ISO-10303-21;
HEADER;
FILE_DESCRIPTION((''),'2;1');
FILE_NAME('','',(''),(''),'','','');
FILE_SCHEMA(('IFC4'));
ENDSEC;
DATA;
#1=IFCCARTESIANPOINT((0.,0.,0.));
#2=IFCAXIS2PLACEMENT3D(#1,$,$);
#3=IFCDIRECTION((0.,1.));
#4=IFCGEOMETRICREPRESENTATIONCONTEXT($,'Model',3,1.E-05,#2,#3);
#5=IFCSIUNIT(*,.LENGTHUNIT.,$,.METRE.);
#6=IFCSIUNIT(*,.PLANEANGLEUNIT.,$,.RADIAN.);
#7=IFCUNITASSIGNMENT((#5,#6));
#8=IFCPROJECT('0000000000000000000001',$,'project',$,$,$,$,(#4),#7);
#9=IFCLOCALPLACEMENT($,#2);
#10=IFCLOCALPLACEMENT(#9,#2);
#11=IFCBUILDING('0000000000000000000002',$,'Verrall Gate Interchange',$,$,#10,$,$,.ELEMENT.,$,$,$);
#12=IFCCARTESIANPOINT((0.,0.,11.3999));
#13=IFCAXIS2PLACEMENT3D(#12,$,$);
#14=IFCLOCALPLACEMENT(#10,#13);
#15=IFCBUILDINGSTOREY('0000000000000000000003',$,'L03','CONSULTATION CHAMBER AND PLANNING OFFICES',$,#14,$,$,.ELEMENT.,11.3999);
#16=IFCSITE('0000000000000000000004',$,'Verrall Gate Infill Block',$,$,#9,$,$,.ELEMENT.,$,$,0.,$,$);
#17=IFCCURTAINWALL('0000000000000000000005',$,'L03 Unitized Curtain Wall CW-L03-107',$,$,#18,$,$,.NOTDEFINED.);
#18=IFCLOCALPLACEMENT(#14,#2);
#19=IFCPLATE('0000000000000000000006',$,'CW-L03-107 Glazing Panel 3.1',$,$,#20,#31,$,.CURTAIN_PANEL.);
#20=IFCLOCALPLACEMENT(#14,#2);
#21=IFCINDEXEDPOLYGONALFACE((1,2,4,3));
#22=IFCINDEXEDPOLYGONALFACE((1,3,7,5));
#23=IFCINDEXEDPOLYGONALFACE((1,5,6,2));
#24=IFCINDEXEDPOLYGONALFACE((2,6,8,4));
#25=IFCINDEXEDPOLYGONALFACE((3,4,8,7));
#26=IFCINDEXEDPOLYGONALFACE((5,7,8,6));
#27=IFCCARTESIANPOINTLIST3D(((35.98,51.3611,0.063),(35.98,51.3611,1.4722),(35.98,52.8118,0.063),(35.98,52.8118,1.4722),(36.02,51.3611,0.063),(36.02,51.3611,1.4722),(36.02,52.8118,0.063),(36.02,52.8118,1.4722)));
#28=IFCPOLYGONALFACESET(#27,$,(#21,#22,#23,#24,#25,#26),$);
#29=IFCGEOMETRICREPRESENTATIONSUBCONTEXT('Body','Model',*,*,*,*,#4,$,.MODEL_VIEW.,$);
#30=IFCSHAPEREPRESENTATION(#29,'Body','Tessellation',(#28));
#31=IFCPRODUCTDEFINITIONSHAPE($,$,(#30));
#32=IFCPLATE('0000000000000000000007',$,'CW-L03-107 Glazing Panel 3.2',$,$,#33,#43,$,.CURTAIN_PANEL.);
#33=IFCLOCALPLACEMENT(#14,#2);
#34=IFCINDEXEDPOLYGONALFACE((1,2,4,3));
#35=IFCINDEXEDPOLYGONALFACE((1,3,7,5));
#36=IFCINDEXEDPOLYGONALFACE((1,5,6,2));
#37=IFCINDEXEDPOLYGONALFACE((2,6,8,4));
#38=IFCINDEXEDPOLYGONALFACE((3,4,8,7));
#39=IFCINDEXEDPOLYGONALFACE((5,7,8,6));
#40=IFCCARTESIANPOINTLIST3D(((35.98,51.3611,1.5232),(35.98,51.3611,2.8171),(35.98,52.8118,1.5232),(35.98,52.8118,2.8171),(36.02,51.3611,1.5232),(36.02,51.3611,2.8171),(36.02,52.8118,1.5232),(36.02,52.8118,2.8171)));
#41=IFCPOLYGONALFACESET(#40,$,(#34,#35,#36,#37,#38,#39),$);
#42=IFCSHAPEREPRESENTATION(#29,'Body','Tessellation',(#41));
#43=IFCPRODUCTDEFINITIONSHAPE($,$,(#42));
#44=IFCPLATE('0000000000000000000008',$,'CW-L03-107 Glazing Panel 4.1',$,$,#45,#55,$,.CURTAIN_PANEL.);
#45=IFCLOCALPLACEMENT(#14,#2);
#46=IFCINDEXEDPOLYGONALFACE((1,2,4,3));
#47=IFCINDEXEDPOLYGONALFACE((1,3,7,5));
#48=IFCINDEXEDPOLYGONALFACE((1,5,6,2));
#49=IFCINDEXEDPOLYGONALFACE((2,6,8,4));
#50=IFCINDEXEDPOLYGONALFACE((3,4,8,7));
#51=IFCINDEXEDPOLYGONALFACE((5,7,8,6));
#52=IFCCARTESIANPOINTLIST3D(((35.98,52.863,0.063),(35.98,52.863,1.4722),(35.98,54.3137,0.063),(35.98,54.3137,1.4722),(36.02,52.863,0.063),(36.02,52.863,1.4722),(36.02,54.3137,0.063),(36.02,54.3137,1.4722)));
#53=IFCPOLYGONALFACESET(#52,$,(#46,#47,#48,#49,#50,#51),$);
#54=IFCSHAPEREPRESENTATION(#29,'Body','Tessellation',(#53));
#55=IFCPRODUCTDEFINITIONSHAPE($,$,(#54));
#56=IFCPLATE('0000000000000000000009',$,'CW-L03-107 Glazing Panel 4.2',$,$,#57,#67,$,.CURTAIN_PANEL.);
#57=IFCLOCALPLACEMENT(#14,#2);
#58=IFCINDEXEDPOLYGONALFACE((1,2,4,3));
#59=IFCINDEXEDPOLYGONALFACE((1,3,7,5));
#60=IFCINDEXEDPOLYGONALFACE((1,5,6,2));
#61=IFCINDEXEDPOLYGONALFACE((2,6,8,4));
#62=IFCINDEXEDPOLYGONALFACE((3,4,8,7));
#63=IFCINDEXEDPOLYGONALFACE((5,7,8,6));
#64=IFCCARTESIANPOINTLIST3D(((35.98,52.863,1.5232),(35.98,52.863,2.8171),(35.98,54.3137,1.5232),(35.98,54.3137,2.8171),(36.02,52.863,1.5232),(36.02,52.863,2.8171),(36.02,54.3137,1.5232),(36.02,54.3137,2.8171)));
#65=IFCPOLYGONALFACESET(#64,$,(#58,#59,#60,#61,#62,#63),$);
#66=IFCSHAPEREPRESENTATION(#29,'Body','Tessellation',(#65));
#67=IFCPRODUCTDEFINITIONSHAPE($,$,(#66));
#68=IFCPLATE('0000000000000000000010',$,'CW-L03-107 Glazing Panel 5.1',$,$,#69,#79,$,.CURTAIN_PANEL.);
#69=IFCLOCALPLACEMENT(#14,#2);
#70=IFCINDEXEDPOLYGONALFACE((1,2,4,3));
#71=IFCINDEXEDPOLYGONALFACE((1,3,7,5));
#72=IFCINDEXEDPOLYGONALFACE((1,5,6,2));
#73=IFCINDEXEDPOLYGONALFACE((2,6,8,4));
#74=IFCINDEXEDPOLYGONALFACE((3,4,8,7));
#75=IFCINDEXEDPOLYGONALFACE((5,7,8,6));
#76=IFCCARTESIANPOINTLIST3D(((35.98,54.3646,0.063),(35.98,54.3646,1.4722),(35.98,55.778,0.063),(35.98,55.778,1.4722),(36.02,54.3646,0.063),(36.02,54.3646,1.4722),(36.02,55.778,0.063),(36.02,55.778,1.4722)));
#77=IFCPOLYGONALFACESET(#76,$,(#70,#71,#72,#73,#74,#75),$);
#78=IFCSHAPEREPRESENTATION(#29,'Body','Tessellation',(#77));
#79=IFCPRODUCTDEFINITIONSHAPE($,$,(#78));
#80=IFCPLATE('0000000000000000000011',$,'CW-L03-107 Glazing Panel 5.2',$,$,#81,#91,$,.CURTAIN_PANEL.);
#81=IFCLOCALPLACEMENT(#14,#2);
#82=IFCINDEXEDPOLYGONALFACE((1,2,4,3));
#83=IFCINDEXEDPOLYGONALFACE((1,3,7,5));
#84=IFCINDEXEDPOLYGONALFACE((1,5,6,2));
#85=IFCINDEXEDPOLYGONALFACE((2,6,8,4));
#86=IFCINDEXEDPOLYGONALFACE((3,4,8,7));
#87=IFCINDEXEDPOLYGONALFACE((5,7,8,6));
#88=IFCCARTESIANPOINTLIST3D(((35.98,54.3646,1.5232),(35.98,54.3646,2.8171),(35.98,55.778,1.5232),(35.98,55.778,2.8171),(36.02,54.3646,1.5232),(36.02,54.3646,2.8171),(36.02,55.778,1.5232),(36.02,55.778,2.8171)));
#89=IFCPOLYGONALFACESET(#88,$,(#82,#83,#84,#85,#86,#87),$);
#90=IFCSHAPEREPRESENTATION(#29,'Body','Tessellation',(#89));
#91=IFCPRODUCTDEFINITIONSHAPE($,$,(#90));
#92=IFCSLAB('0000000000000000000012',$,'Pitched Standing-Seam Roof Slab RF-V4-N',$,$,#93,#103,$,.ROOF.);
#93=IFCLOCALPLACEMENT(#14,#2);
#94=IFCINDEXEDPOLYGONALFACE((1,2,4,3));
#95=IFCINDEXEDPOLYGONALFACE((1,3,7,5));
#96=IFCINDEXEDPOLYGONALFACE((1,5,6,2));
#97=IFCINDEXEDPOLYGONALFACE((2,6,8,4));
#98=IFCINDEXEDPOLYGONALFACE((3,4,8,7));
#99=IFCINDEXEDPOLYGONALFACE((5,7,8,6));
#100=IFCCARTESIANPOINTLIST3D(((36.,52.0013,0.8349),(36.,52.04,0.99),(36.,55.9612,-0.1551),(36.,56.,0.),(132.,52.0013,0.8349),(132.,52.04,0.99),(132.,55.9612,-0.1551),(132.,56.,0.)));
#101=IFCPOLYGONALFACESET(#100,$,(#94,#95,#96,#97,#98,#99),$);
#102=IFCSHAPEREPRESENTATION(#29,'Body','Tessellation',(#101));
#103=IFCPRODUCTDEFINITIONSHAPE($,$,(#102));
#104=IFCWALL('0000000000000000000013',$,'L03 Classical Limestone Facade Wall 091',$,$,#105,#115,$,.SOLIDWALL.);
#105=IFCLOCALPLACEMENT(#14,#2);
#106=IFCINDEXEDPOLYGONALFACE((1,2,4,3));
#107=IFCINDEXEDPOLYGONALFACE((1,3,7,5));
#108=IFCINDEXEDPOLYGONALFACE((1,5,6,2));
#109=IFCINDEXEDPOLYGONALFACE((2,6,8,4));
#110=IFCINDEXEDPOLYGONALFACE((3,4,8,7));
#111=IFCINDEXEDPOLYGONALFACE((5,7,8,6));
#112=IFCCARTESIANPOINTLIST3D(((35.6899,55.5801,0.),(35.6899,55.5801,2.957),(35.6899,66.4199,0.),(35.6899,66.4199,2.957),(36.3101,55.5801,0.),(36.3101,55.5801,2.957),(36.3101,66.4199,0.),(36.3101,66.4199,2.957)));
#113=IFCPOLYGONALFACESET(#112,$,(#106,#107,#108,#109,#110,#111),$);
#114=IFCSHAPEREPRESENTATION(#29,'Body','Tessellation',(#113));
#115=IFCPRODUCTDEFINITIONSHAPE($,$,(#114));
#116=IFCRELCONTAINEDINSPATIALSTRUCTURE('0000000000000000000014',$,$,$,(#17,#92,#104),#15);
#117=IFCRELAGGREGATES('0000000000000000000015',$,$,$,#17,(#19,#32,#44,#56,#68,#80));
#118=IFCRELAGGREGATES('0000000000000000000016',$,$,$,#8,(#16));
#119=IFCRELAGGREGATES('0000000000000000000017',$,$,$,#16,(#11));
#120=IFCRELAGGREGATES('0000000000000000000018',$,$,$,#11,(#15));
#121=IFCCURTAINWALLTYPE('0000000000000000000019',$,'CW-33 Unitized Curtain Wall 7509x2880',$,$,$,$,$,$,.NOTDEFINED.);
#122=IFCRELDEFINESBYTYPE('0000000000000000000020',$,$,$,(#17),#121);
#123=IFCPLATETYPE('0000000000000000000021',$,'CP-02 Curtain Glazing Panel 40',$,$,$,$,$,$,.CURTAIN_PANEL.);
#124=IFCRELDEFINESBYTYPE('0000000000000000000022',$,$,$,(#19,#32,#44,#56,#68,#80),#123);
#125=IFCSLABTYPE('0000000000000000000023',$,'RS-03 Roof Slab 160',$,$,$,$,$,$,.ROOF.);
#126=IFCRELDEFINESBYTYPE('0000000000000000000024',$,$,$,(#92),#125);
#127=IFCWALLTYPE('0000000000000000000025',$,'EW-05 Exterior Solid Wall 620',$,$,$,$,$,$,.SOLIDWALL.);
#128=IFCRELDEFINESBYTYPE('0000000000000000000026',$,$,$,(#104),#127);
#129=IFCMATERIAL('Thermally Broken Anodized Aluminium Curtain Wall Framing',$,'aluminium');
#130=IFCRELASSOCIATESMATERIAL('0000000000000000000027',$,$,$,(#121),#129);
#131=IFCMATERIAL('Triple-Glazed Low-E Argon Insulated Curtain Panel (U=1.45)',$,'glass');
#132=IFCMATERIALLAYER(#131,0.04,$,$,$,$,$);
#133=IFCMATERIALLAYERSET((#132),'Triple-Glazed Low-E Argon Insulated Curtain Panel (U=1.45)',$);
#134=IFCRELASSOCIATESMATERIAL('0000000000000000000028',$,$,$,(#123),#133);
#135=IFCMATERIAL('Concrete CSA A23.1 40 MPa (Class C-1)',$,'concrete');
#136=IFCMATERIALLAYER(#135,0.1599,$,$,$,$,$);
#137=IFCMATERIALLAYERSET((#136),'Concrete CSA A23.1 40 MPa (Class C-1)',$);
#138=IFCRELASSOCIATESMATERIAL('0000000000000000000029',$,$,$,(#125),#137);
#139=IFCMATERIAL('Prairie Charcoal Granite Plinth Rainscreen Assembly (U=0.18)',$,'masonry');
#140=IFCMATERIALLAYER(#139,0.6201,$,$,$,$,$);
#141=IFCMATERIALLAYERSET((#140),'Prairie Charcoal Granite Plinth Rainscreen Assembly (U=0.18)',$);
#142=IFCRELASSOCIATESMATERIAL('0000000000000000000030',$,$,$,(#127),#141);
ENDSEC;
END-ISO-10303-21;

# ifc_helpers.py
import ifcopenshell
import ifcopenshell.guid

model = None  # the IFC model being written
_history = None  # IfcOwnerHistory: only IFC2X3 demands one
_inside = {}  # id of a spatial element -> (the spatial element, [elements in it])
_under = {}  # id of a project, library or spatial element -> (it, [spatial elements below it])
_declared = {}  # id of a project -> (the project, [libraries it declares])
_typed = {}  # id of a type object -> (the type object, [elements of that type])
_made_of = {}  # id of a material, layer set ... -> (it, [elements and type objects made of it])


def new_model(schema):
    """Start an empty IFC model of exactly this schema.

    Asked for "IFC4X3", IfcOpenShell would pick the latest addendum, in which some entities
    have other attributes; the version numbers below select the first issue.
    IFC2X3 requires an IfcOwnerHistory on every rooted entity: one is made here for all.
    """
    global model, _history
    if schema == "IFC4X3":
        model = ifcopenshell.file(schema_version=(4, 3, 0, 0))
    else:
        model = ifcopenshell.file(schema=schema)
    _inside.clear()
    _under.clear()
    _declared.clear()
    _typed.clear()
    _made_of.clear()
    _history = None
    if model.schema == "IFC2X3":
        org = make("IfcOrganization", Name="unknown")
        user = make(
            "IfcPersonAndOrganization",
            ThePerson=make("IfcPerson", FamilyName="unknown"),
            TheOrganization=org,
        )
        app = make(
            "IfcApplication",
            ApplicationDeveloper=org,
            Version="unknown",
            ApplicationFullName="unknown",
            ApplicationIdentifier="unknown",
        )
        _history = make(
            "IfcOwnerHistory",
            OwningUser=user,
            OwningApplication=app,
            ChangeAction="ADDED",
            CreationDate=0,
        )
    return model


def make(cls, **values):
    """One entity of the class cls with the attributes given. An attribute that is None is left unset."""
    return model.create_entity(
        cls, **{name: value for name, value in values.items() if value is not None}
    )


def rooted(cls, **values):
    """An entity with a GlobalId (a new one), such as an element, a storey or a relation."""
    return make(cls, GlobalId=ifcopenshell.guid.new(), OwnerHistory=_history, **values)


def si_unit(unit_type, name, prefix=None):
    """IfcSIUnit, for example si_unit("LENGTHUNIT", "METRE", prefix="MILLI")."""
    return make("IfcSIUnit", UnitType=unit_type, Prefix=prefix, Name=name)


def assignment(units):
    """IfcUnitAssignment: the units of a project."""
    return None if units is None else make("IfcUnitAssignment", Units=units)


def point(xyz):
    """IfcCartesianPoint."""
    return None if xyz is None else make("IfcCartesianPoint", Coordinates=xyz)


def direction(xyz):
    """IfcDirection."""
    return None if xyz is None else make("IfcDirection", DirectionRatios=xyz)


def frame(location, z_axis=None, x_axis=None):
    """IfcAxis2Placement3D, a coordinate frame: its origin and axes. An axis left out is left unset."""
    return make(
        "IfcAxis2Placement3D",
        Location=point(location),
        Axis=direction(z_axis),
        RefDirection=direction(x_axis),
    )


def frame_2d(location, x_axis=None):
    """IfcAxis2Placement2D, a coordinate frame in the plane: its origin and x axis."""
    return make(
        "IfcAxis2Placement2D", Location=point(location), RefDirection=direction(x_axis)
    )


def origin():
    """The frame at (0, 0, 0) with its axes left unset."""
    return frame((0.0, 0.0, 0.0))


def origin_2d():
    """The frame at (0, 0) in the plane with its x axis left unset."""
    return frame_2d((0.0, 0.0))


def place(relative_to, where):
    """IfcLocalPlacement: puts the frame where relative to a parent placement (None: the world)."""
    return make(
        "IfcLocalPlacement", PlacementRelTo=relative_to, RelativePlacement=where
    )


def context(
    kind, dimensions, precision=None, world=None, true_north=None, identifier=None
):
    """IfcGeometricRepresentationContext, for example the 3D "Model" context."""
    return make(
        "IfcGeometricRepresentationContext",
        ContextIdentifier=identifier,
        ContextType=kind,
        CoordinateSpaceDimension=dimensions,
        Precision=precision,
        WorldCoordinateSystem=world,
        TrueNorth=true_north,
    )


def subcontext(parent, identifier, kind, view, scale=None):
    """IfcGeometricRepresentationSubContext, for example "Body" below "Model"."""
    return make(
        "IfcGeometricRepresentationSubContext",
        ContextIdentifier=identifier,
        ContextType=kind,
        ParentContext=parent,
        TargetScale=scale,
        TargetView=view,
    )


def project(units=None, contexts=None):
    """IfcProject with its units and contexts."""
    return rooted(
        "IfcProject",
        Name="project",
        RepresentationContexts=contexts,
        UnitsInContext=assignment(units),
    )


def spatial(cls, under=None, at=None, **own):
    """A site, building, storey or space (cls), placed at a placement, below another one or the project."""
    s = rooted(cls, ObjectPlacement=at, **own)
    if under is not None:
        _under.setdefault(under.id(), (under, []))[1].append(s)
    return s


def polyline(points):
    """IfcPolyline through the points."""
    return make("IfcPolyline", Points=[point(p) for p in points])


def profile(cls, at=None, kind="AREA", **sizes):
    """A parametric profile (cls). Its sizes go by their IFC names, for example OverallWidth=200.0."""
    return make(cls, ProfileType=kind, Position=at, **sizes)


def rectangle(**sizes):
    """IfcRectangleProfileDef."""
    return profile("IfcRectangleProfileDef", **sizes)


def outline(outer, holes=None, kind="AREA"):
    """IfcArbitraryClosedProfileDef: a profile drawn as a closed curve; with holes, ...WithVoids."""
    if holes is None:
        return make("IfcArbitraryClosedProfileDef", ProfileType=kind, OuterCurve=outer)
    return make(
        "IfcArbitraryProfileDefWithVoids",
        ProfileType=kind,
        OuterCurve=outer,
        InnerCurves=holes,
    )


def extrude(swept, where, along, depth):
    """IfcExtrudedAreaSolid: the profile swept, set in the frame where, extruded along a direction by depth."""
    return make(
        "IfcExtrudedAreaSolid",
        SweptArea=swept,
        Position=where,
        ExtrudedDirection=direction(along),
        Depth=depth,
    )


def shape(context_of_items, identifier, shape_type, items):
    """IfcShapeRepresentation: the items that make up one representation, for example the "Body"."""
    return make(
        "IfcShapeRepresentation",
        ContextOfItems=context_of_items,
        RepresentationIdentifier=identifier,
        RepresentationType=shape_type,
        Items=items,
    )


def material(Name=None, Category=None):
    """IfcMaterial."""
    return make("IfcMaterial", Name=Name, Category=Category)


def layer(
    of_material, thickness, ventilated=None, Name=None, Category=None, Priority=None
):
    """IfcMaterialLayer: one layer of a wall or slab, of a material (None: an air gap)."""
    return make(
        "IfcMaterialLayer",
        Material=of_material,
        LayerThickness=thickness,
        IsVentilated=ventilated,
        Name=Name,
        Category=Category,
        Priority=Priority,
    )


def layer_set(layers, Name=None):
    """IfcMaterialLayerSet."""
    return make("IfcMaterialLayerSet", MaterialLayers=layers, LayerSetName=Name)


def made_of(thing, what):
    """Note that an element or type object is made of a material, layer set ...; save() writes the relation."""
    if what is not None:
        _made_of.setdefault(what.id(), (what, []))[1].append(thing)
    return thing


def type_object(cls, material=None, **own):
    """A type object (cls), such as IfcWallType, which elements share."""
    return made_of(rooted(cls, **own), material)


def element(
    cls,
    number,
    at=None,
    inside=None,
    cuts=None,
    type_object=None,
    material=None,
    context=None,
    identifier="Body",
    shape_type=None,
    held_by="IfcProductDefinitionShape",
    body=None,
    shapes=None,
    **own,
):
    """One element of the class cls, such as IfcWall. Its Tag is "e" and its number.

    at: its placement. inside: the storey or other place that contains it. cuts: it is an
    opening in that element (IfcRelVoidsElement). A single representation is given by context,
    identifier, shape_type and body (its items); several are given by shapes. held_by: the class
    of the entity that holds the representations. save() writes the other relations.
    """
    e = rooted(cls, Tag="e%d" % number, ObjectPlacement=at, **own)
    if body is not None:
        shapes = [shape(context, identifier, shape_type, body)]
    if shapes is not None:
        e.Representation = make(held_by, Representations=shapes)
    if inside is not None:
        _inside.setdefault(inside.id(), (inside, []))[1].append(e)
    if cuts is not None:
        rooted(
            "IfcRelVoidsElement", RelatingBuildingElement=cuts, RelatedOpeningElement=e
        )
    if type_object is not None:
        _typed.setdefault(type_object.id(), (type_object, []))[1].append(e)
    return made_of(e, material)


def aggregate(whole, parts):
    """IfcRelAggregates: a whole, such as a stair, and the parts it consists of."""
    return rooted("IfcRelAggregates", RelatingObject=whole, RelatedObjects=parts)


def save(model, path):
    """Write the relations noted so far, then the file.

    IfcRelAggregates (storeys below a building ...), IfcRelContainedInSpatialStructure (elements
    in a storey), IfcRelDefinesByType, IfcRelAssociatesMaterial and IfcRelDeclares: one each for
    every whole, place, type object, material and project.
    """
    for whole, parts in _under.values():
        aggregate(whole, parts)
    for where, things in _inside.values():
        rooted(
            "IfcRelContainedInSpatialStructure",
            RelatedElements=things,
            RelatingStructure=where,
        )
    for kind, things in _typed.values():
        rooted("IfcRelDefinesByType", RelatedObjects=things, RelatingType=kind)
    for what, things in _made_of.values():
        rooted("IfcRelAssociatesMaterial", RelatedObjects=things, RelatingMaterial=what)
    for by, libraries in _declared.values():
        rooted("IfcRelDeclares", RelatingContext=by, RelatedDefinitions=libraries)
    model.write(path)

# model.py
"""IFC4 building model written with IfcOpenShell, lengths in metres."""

from ifc_helpers import new_model, si_unit, direction, frame, frame_2d, origin, origin_2d, place, context, subcontext, project, spatial, polyline, rectangle, outline, extrude, material, layer, layer_set, type_object, element, aggregate, save


model = new_model("IFC4")

# Units and contexts
model_context = context("Model", 3, precision=1e-05, world=origin(), true_north=direction((0.0, 1.0)))
body_context = subcontext(model_context, "Body", "Model", "MODEL_VIEW")
ifc_project = project(units=[si_unit("LENGTHUNIT", "METRE"), si_unit("PLANEANGLEUNIT", "RADIAN")], contexts=[model_context])

# Site, building, storey
site_placement = place(None, origin())
site = spatial("IfcSite", under=ifc_project, at=site_placement, Name="Verrall Gate Infill Block", CompositionType="ELEMENT", RefElevation=0.0)
building_placement = place(site_placement, origin())
building = spatial("IfcBuilding", under=site, at=building_placement, Name="Verrall Gate Interchange", CompositionType="ELEMENT")
storey_placement = place(building_placement, frame((0.0, 0.0, 11.3999)))
storey = spatial("IfcBuildingStorey", under=building, at=storey_placement, Name="L03", Description="CONSULTATION CHAMBER AND PLANNING OFFICES", CompositionType="ELEMENT", Elevation=11.3999)

# Curtain wall
ifc_material_1 = material(Name="Thermally Broken Anodized Aluminium Curtain Wall Framing", Category="aluminium")
curtain_wall_type = type_object("IfcCurtainWallType", Name="CW-33 Unitized Curtain Wall 7509x2880", PredefinedType="NOTDEFINED", material=ifc_material_1)
curtain_wall_placement = place(storey_placement, origin())
curtain_wall = element("IfcCurtainWall", 1, at=curtain_wall_placement, inside=storey, type_object=curtain_wall_type, Name="L03 Unitized Curtain Wall CW-L03-107", PredefinedType="NOTDEFINED")

# Plates
ifc_material_2 = material(Name="Triple-Glazed Low-E Argon Insulated Curtain Panel (U=1.45)", Category="glass")
ifc_layer_1 = layer(ifc_material_2, 0.04)
ifc_layer_set_1 = layer_set([ifc_layer_1], Name="Triple-Glazed Low-E Argon Insulated Curtain Panel (U=1.45)")
plate_type_1 = type_object("IfcPlateType", Name="CP-02 Curtain Glazing Panel 40", PredefinedType="CURTAIN_PANEL", material=ifc_layer_set_1)
plate_1_placement = place(storey_placement, frame((36.0, 52.0864, 0.063), z_axis=(0.0, 0.0, 1.0), x_axis=(0.0, 1.0, 0.0)))
plate_1 = element("IfcPlate", 2, at=plate_1_placement, type_object=plate_type_1, Name="CW-L03-107 Glazing Panel 3.1", PredefinedType="CURTAIN_PANEL", context=body_context, shape_type="SweptSolid", body=[
    extrude(rectangle(XDim=1.4507, YDim=0.04, at=origin_2d()), origin(), (0.0, 0.0, 1.0), 1.4092),
])
plate_2_placement = place(storey_placement, frame((36.0, 52.0864, 1.5232), z_axis=(0.0, 0.0, 1.0), x_axis=(0.0, 1.0, 0.0)))
plate_2 = element("IfcPlate", 3, at=plate_2_placement, type_object=plate_type_1, Name="CW-L03-107 Glazing Panel 3.2", PredefinedType="CURTAIN_PANEL", context=body_context, shape_type="SweptSolid", body=[
    extrude(rectangle(XDim=1.4507, YDim=0.04, at=origin_2d()), origin(), (0.0, 0.0, 1.0), 1.2939),
])
plate_3_placement = place(storey_placement, frame((36.0, 53.5884, 0.063), z_axis=(0.0, 0.0, 1.0), x_axis=(0.0, 1.0, 0.0)))
plate_3 = element("IfcPlate", 4, at=plate_3_placement, type_object=plate_type_1, Name="CW-L03-107 Glazing Panel 4.1", PredefinedType="CURTAIN_PANEL", context=body_context, shape_type="SweptSolid", body=[
    extrude(rectangle(XDim=1.4507, YDim=0.04, at=origin_2d()), origin(), (0.0, 0.0, 1.0), 1.4092),
])
plate_4_placement = place(storey_placement, frame((36.0, 53.5884, 1.5232), z_axis=(0.0, 0.0, 1.0), x_axis=(0.0, 1.0, 0.0)))
plate_4 = element("IfcPlate", 5, at=plate_4_placement, type_object=plate_type_1, Name="CW-L03-107 Glazing Panel 4.2", PredefinedType="CURTAIN_PANEL", context=body_context, shape_type="SweptSolid", body=[
    extrude(rectangle(XDim=1.4507, YDim=0.04, at=origin_2d()), origin(), (0.0, 0.0, 1.0), 1.2939),
])
plate_5_placement = place(storey_placement, frame((36.0, 55.0713, 0.063), z_axis=(0.0, 0.0, 1.0), x_axis=(0.0, 1.0, 0.0)))
plate_5 = element("IfcPlate", 6, at=plate_5_placement, type_object=plate_type_1, Name="CW-L03-107 Glazing Panel 5.1", PredefinedType="CURTAIN_PANEL", context=body_context, shape_type="SweptSolid", body=[
    extrude(rectangle(XDim=1.4133, YDim=0.04, at=origin_2d()), origin(), (0.0, 0.0, 1.0), 1.4092),
])
plate_6_placement = place(storey_placement, frame((36.0, 55.0713, 1.5232), z_axis=(0.0, 0.0, 1.0), x_axis=(0.0, 1.0, 0.0)))
plate_6 = element("IfcPlate", 7, at=plate_6_placement, type_object=plate_type_1, Name="CW-L03-107 Glazing Panel 5.2", PredefinedType="CURTAIN_PANEL", context=body_context, shape_type="SweptSolid", body=[
    extrude(rectangle(XDim=1.4133, YDim=0.04, at=origin_2d()), origin(), (0.0, 0.0, 1.0), 1.2939),
])
aggregate(curtain_wall, [plate_1, plate_2, plate_3, plate_4, plate_5, plate_6])

# Slab
ifc_material_3 = material(Name="Concrete CSA A23.1 40 MPa (Class C-1)", Category="concrete")
ifc_layer_2 = layer(ifc_material_3, 0.1599)
ifc_layer_set_2 = layer_set([ifc_layer_2], Name="Concrete CSA A23.1 40 MPa (Class C-1)")
slab_type = type_object("IfcSlabType", Name="RS-03 Roof Slab 160", PredefinedType="ROOF", material=ifc_layer_set_2)
slab_placement = place(storey_placement, frame((36.0, 52.04, 0.99), z_axis=(0.0, 0.242536, 0.970143), x_axis=(1.0, 0.0, 0.0)))
element("IfcSlab", 8, at=slab_placement, inside=storey, type_object=slab_type, Name="Pitched Standing-Seam Roof Slab RF-V4-N", PredefinedType="ROOF", context=body_context, shape_type="SweptSolid", body=[
    extrude(outline(polyline([(0.0, 0.0), (96.0, 0.0), (96.0, 4.0818), (0.0, 4.0818), (0.0, 0.0)])), origin(), (0.0, 0.0, -1.0), 0.1599),
])

# Wall
ifc_material_4 = material(Name="Prairie Charcoal Granite Plinth Rainscreen Assembly (U=0.18)", Category="masonry")
ifc_layer_3 = layer(ifc_material_4, 0.6201)
ifc_layer_set_3 = layer_set([ifc_layer_3], Name="Prairie Charcoal Granite Plinth Rainscreen Assembly (U=0.18)")
wall_type = type_object("IfcWallType", Name="EW-05 Exterior Solid Wall 620", PredefinedType="SOLIDWALL", material=ifc_layer_set_3)
wall_placement = place(storey_placement, frame((36.0, 55.5801, 0.0), z_axis=(0.0, 0.0, 1.0), x_axis=(0.0, 1.0, 0.0)))
element("IfcWall", 9, at=wall_placement, inside=storey, type_object=wall_type, Name="L03 Classical Limestone Facade Wall 091", PredefinedType="SOLIDWALL", context=body_context, shape_type="SweptSolid", body=[
    extrude(rectangle(XDim=10.8398, YDim=0.6201, at=frame_2d((5.4199, 0.0))), origin(), (0.0, 0.0, 1.0), 2.957),
])

save(model, "model.ifc")
